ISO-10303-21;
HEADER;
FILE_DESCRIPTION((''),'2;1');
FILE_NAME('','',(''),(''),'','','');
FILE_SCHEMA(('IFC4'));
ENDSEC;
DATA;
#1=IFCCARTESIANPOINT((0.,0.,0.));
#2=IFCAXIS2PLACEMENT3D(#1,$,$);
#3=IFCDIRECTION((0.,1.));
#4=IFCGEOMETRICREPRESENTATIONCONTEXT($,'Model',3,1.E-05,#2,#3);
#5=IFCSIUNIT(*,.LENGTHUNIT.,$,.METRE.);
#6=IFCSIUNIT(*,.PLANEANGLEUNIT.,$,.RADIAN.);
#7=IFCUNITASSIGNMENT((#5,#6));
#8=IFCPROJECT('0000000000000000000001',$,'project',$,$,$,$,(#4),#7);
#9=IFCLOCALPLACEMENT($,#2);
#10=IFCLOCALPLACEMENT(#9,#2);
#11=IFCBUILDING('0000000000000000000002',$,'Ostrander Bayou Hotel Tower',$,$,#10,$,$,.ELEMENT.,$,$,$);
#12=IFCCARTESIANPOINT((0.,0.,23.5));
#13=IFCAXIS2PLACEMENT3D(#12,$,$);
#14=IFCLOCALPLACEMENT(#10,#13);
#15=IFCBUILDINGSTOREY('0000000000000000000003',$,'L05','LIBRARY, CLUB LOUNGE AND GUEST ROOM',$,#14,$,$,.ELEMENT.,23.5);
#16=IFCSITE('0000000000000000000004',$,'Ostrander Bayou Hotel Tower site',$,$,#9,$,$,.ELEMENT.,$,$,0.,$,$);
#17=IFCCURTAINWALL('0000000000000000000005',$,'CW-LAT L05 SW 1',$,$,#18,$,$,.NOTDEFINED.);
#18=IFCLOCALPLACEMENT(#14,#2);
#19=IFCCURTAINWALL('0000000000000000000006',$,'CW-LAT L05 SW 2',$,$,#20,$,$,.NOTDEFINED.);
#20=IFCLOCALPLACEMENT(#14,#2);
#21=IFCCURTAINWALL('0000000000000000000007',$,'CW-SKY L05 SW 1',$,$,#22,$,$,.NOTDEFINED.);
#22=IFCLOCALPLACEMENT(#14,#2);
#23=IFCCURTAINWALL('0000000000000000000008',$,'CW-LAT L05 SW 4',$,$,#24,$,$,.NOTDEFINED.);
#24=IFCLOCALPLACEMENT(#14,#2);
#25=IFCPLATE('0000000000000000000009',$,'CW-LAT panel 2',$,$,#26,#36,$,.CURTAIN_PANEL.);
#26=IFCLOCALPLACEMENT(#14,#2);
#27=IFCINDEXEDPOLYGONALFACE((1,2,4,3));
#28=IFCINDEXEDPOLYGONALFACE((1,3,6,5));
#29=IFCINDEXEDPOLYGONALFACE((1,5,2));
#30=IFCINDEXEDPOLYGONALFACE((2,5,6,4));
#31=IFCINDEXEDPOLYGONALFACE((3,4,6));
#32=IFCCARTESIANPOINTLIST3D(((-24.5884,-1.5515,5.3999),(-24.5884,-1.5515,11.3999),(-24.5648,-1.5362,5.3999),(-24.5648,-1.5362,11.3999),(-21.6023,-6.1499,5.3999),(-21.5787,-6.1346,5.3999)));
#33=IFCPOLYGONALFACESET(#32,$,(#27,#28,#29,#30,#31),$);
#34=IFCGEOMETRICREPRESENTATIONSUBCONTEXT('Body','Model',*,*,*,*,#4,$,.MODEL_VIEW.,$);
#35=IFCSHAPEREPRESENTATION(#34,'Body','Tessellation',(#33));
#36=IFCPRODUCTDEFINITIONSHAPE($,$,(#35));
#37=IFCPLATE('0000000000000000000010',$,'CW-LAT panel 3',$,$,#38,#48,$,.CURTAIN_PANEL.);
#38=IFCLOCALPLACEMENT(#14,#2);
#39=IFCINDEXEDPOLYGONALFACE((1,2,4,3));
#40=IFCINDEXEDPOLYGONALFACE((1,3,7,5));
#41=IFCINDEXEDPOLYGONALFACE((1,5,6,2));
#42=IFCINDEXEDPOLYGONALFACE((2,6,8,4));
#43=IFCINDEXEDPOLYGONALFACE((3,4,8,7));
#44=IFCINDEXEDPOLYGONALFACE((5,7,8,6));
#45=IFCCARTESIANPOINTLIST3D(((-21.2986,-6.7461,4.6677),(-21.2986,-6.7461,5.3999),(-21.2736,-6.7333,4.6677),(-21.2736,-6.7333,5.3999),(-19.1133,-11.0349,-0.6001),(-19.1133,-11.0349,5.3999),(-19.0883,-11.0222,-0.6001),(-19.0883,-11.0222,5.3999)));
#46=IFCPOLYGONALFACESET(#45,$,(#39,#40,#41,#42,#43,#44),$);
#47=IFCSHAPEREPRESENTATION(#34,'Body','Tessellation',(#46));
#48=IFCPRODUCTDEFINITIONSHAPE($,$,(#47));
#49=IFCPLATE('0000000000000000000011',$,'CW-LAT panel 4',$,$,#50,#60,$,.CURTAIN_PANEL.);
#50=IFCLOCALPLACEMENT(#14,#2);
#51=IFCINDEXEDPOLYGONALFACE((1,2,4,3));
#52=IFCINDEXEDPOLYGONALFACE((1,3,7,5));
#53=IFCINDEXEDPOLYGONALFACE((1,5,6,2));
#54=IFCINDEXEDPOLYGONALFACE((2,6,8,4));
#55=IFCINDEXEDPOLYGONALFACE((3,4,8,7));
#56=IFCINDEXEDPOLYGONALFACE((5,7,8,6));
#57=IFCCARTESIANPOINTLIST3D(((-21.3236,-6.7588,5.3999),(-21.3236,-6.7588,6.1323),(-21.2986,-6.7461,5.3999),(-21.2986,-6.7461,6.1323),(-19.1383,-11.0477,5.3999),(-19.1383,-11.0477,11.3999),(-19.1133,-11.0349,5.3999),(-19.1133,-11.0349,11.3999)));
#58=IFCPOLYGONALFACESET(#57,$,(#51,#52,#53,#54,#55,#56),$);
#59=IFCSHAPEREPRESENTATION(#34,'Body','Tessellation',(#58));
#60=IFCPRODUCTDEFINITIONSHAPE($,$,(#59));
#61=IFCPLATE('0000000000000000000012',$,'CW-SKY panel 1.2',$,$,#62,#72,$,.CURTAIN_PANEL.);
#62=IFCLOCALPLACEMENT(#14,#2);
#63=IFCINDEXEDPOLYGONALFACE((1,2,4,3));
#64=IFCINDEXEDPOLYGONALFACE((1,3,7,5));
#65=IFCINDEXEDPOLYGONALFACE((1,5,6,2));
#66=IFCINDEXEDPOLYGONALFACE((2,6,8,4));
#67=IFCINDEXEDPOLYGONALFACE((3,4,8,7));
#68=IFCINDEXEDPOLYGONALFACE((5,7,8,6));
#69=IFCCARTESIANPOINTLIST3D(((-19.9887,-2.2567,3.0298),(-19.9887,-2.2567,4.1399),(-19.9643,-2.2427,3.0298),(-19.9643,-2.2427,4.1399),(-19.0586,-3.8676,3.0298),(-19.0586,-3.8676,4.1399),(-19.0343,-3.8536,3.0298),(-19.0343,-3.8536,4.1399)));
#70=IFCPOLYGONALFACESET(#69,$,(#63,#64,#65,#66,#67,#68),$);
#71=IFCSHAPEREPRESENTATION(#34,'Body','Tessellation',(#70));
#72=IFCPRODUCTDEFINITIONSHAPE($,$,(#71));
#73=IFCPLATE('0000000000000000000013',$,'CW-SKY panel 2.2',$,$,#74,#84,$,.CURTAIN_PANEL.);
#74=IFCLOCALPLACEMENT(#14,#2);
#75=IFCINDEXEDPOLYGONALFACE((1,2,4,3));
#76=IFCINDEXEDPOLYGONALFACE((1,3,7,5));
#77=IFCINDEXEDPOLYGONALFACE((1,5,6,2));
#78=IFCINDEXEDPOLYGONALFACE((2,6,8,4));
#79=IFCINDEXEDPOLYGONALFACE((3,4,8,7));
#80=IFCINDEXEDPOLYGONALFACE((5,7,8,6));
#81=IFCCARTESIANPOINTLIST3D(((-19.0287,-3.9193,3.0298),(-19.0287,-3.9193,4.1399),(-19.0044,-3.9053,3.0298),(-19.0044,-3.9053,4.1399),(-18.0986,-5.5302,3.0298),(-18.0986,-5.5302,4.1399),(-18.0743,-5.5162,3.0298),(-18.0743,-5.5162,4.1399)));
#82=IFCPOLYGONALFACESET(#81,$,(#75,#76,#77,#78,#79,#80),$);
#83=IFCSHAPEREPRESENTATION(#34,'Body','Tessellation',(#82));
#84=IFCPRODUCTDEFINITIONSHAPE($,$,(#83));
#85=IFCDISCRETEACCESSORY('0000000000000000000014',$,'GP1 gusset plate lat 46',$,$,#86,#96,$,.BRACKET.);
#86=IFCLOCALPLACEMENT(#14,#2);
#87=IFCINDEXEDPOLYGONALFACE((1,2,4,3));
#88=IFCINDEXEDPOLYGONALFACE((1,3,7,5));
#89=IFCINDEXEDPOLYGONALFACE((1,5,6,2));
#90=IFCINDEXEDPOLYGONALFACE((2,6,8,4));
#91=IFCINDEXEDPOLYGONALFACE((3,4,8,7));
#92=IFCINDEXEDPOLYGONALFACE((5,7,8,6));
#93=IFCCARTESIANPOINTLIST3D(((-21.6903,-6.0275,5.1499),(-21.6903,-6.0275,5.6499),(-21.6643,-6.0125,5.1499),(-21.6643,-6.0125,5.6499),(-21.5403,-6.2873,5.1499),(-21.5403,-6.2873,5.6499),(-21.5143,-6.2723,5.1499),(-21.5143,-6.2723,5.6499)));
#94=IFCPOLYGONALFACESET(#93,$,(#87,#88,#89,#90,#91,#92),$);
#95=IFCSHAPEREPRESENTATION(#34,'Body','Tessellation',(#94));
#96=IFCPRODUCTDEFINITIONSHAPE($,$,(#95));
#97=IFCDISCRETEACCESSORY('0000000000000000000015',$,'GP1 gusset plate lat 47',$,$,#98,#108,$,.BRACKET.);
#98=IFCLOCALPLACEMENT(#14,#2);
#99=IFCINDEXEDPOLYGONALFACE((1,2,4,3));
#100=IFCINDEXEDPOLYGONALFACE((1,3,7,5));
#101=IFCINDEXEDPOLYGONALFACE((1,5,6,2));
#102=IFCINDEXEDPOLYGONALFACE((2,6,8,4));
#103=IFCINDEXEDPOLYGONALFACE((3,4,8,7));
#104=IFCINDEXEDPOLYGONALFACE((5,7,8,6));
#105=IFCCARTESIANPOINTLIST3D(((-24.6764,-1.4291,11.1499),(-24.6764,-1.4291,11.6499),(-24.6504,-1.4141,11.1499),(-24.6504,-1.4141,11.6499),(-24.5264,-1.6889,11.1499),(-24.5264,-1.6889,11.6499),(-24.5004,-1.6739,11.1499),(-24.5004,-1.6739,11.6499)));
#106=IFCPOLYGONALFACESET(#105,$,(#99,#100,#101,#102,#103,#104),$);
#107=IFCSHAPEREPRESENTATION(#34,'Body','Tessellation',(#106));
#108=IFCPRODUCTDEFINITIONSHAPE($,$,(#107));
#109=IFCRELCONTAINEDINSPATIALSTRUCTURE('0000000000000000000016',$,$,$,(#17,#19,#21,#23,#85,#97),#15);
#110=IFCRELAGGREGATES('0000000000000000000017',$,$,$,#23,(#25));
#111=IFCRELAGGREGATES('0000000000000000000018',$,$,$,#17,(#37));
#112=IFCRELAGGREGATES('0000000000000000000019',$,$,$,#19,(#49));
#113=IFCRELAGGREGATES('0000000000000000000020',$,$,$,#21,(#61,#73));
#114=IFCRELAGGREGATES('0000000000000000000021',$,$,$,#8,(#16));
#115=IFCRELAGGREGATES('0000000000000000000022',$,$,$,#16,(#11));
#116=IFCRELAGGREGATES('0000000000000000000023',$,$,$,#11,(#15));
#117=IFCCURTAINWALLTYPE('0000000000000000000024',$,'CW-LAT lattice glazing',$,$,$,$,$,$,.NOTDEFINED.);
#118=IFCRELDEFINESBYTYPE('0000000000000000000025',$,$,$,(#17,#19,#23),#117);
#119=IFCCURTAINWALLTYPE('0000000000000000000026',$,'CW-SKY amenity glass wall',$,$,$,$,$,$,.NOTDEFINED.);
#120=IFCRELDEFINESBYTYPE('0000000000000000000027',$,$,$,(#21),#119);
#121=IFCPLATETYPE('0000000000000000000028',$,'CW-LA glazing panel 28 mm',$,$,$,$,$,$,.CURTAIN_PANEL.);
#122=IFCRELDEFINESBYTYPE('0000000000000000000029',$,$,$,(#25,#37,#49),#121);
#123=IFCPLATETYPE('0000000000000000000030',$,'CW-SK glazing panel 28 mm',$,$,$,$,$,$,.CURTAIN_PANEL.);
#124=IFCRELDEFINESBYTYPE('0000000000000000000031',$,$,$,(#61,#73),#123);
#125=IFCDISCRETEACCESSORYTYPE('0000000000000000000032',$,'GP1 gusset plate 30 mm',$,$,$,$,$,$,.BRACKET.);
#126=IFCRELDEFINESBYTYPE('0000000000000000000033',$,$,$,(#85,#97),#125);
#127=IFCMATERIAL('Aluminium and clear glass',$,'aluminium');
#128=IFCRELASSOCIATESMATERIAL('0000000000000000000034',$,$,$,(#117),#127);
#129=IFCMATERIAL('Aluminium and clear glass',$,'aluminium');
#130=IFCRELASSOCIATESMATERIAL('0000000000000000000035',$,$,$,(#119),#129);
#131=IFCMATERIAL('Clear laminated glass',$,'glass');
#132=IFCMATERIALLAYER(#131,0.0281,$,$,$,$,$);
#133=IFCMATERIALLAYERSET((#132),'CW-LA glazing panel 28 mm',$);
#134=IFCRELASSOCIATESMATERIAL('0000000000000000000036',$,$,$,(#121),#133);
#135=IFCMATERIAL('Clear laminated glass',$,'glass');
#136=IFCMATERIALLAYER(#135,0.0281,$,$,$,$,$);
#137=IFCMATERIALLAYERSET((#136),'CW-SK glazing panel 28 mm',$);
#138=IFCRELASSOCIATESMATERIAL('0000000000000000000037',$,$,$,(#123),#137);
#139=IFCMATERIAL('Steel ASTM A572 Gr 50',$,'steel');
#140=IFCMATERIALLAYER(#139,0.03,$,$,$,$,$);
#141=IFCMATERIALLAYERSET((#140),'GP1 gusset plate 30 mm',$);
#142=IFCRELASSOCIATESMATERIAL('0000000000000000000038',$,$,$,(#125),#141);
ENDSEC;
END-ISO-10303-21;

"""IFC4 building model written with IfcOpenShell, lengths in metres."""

from ifc_helpers import new_model, si_unit, direction, frame, origin, origin_2d, place, context, subcontext, project, spatial, polyline, rectangle, outline, extrude, material, layer, layer_set, type_object, element, aggregate, save


model = new_model("IFC4")

# Units and contexts
model_context = context("Model", 3, precision=1e-05, world=origin(), true_north=direction((0.0, 1.0)))
body_context = subcontext(model_context, "Body", "Model", "MODEL_VIEW")
ifc_project = project(units=[si_unit("LENGTHUNIT", "METRE"), si_unit("PLANEANGLEUNIT", "RADIAN")], contexts=[model_context])

# Site, building, storey
site_placement = place(None, origin())
site = spatial("IfcSite", under=ifc_project, at=site_placement, Name="Ostrander Bayou Hotel Tower site", CompositionType="ELEMENT", RefElevation=0.0)
building_placement = place(site_placement, origin())
building = spatial("IfcBuilding", under=site, at=building_placement, Name="Ostrander Bayou Hotel Tower", CompositionType="ELEMENT")
storey_placement = place(building_placement, frame((0.0, 0.0, 23.5)))
storey = spatial("IfcBuildingStorey", under=building, at=storey_placement, Name="L05", Description="LIBRARY, CLUB LOUNGE AND GUEST ROOM", CompositionType="ELEMENT", Elevation=23.5)

# Curtain walls
ifc_material_1 = material(Name="Aluminium and clear glass", Category="aluminium")
curtain_wall_type_1 = type_object("IfcCurtainWallType", Name="CW-LAT lattice glazing", PredefinedType="NOTDEFINED", material=ifc_material_1)
curtain_wall_1_placement = place(storey_placement, origin())
curtain_wall_1 = element("IfcCurtainWall", 1, at=curtain_wall_1_placement, inside=storey, type_object=curtain_wall_type_1, Name="CW-LAT L05 SW 1", PredefinedType="NOTDEFINED")
curtain_wall_2_placement = place(storey_placement, origin())
curtain_wall_2 = element("IfcCurtainWall", 2, at=curtain_wall_2_placement, inside=storey, type_object=curtain_wall_type_1, Name="CW-LAT L05 SW 2", PredefinedType="NOTDEFINED")

# Curtain wall
ifc_material_2 = material(Name="Aluminium and clear glass", Category="aluminium")
curtain_wall_type_2 = type_object("IfcCurtainWallType", Name="CW-SKY amenity glass wall", PredefinedType="NOTDEFINED", material=ifc_material_2)
curtain_wall_3_placement = place(storey_placement, origin())
curtain_wall_3 = element("IfcCurtainWall", 3, at=curtain_wall_3_placement, inside=storey, type_object=curtain_wall_type_2, Name="CW-SKY L05 SW 1", PredefinedType="NOTDEFINED")

# Curtain wall, plate
ifc_material_3 = material(Name="Clear laminated glass", Category="glass")
ifc_layer_1 = layer(ifc_material_3, 0.0281)
ifc_layer_set_1 = layer_set([ifc_layer_1], Name="CW-LA glazing panel 28 mm")
plate_type_1 = type_object("IfcPlateType", Name="CW-LA glazing panel 28 mm", PredefinedType="CURTAIN_PANEL", material=ifc_layer_set_1)
curtain_wall_4_placement = place(storey_placement, origin())
curtain_wall_4 = element("IfcCurtainWall", 4, at=curtain_wall_4_placement, inside=storey, type_object=curtain_wall_type_1, Name="CW-LAT L05 SW 4", PredefinedType="NOTDEFINED")
plate_1_placement = place(storey_placement, frame((-21.6023, -6.1499, 5.3999), z_axis=(-0.838683, -0.54462, 0.0), x_axis=(-0.367389, 0.565757, 0.738203)))
plate_1 = element("IfcPlate", 5, at=plate_1_placement, type_object=plate_type_1, Name="CW-LAT panel 2", PredefinedType="CURTAIN_PANEL", context=body_context, shape_type="SweptSolid", body=[
    extrude(outline(polyline([(0.0, 0.0), (8.1278, 0.0), (3.6986, 4.0475), (0.0, 0.0)])), origin(), (0.0, 0.0, -1.0), 0.0281),
])
aggregate(curtain_wall_4, [plate_1])

# Plates
plate_2_placement = place(storey_placement, frame((-21.2986, -6.7461, 4.6677), z_axis=(-0.891003, -0.453997, 0.0), x_axis=(0.306245, -0.601029, -0.738226)))
plate_2 = element("IfcPlate", 6, at=plate_2_placement, type_object=plate_type_1, Name="CW-LAT panel 3", PredefinedType="CURTAIN_PANEL", context=body_context, shape_type="SweptSolid", body=[
    extrude(outline(polyline([(0.0, 0.0), (7.1358, 0.0), (2.7064, 4.0473), (-0.5405, 0.4939), (0.0, 0.0)])), origin(), (0.0, 0.0, -1.0), 0.0281),
])
aggregate(curtain_wall_1, [plate_2])
plate_3_placement = place(storey_placement, frame((-21.2986, -6.7461, 6.1323), z_axis=(0.891003, 0.453997, 0.0), x_axis=(0.306253, -0.601045, 0.73821)))
plate_3 = element("IfcPlate", 7, at=plate_3_placement, type_object=plate_type_1, Name="CW-LAT panel 4", PredefinedType="CURTAIN_PANEL", context=body_context, shape_type="SweptSolid", body=[
    extrude(outline(polyline([(0.0, 0.0), (7.1356, 0.0), (2.7063, 4.0474), (-0.5407, 0.4941), (0.0, 0.0)])), origin(), (0.0, 0.0, -1.0), 0.0281),
])
aggregate(curtain_wall_2, [plate_3])
ifc_material_4 = material(Name="Clear laminated glass", Category="glass")
ifc_layer_2 = layer(ifc_material_4, 0.0281)
ifc_layer_set_2 = layer_set([ifc_layer_2], Name="CW-SK glazing panel 28 mm")
plate_type_2 = type_object("IfcPlateType", Name="CW-SK glazing panel 28 mm", PredefinedType="CURTAIN_PANEL", material=ifc_layer_set_2)
plate_4_placement = place(storey_placement, frame((-19.5115, -3.0552, 3.0298), z_axis=(0.0, 0.0, 1.0), x_axis=(0.5, -0.866025, 0.0)))
plate_4 = element("IfcPlate", 8, at=plate_4_placement, type_object=plate_type_2, Name="CW-SKY panel 1.2", PredefinedType="CURTAIN_PANEL", context=body_context, shape_type="SweptSolid", body=[
    extrude(rectangle(XDim=1.8601, YDim=0.0281, at=origin_2d()), origin(), (0.0, 0.0, 1.0), 1.1101),
])
plate_5_placement = place(storey_placement, frame((-18.5515, -4.7178, 3.0298), z_axis=(0.0, 0.0, 1.0), x_axis=(0.5, -0.866025, 0.0)))
plate_5 = element("IfcPlate", 9, at=plate_5_placement, type_object=plate_type_2, Name="CW-SKY panel 2.2", PredefinedType="CURTAIN_PANEL", context=body_context, shape_type="SweptSolid", body=[
    extrude(rectangle(XDim=1.8601, YDim=0.0281, at=origin_2d()), origin(), (0.0, 0.0, 1.0), 1.1101),
])
aggregate(curtain_wall_3, [plate_4, plate_5])

# Discrete accessories
ifc_material_5 = material(Name="Steel ASTM A572 Gr 50", Category="steel")
ifc_layer_3 = layer(ifc_material_5, 0.03)
ifc_layer_set_3 = layer_set([ifc_layer_3], Name="GP1 gusset plate 30 mm")
discrete_accessory_type = type_object("IfcDiscreteAccessoryType", Name="GP1 gusset plate 30 mm", PredefinedType="BRACKET", material=ifc_layer_set_3)
for number, where, z_axis, x_axis, name in (
    (10, (-21.6023, -6.1499, 5.1499), (0.0, 0.0, 1.0), (0.5, -0.866025, 0.0), "GP1 gusset plate lat 46"),
    (11, (-24.5884, -1.5515, 11.1499), (0.0, 0.0, 1.0), (0.5, -0.866025, 0.0), "GP1 gusset plate lat 47"),
):
    element("IfcDiscreteAccessory", number, at=place(storey_placement, frame(where, z_axis=z_axis, x_axis=x_axis)), inside=storey, type_object=discrete_accessory_type, Name=name, PredefinedType="BRACKET", context=body_context, shape_type="SweptSolid", body=[
        extrude(rectangle(XDim=0.3, YDim=0.03, at=origin_2d()), origin(), (0.0, 0.0, 1.0), 0.5),
    ])

save(model, "model.ifc")
